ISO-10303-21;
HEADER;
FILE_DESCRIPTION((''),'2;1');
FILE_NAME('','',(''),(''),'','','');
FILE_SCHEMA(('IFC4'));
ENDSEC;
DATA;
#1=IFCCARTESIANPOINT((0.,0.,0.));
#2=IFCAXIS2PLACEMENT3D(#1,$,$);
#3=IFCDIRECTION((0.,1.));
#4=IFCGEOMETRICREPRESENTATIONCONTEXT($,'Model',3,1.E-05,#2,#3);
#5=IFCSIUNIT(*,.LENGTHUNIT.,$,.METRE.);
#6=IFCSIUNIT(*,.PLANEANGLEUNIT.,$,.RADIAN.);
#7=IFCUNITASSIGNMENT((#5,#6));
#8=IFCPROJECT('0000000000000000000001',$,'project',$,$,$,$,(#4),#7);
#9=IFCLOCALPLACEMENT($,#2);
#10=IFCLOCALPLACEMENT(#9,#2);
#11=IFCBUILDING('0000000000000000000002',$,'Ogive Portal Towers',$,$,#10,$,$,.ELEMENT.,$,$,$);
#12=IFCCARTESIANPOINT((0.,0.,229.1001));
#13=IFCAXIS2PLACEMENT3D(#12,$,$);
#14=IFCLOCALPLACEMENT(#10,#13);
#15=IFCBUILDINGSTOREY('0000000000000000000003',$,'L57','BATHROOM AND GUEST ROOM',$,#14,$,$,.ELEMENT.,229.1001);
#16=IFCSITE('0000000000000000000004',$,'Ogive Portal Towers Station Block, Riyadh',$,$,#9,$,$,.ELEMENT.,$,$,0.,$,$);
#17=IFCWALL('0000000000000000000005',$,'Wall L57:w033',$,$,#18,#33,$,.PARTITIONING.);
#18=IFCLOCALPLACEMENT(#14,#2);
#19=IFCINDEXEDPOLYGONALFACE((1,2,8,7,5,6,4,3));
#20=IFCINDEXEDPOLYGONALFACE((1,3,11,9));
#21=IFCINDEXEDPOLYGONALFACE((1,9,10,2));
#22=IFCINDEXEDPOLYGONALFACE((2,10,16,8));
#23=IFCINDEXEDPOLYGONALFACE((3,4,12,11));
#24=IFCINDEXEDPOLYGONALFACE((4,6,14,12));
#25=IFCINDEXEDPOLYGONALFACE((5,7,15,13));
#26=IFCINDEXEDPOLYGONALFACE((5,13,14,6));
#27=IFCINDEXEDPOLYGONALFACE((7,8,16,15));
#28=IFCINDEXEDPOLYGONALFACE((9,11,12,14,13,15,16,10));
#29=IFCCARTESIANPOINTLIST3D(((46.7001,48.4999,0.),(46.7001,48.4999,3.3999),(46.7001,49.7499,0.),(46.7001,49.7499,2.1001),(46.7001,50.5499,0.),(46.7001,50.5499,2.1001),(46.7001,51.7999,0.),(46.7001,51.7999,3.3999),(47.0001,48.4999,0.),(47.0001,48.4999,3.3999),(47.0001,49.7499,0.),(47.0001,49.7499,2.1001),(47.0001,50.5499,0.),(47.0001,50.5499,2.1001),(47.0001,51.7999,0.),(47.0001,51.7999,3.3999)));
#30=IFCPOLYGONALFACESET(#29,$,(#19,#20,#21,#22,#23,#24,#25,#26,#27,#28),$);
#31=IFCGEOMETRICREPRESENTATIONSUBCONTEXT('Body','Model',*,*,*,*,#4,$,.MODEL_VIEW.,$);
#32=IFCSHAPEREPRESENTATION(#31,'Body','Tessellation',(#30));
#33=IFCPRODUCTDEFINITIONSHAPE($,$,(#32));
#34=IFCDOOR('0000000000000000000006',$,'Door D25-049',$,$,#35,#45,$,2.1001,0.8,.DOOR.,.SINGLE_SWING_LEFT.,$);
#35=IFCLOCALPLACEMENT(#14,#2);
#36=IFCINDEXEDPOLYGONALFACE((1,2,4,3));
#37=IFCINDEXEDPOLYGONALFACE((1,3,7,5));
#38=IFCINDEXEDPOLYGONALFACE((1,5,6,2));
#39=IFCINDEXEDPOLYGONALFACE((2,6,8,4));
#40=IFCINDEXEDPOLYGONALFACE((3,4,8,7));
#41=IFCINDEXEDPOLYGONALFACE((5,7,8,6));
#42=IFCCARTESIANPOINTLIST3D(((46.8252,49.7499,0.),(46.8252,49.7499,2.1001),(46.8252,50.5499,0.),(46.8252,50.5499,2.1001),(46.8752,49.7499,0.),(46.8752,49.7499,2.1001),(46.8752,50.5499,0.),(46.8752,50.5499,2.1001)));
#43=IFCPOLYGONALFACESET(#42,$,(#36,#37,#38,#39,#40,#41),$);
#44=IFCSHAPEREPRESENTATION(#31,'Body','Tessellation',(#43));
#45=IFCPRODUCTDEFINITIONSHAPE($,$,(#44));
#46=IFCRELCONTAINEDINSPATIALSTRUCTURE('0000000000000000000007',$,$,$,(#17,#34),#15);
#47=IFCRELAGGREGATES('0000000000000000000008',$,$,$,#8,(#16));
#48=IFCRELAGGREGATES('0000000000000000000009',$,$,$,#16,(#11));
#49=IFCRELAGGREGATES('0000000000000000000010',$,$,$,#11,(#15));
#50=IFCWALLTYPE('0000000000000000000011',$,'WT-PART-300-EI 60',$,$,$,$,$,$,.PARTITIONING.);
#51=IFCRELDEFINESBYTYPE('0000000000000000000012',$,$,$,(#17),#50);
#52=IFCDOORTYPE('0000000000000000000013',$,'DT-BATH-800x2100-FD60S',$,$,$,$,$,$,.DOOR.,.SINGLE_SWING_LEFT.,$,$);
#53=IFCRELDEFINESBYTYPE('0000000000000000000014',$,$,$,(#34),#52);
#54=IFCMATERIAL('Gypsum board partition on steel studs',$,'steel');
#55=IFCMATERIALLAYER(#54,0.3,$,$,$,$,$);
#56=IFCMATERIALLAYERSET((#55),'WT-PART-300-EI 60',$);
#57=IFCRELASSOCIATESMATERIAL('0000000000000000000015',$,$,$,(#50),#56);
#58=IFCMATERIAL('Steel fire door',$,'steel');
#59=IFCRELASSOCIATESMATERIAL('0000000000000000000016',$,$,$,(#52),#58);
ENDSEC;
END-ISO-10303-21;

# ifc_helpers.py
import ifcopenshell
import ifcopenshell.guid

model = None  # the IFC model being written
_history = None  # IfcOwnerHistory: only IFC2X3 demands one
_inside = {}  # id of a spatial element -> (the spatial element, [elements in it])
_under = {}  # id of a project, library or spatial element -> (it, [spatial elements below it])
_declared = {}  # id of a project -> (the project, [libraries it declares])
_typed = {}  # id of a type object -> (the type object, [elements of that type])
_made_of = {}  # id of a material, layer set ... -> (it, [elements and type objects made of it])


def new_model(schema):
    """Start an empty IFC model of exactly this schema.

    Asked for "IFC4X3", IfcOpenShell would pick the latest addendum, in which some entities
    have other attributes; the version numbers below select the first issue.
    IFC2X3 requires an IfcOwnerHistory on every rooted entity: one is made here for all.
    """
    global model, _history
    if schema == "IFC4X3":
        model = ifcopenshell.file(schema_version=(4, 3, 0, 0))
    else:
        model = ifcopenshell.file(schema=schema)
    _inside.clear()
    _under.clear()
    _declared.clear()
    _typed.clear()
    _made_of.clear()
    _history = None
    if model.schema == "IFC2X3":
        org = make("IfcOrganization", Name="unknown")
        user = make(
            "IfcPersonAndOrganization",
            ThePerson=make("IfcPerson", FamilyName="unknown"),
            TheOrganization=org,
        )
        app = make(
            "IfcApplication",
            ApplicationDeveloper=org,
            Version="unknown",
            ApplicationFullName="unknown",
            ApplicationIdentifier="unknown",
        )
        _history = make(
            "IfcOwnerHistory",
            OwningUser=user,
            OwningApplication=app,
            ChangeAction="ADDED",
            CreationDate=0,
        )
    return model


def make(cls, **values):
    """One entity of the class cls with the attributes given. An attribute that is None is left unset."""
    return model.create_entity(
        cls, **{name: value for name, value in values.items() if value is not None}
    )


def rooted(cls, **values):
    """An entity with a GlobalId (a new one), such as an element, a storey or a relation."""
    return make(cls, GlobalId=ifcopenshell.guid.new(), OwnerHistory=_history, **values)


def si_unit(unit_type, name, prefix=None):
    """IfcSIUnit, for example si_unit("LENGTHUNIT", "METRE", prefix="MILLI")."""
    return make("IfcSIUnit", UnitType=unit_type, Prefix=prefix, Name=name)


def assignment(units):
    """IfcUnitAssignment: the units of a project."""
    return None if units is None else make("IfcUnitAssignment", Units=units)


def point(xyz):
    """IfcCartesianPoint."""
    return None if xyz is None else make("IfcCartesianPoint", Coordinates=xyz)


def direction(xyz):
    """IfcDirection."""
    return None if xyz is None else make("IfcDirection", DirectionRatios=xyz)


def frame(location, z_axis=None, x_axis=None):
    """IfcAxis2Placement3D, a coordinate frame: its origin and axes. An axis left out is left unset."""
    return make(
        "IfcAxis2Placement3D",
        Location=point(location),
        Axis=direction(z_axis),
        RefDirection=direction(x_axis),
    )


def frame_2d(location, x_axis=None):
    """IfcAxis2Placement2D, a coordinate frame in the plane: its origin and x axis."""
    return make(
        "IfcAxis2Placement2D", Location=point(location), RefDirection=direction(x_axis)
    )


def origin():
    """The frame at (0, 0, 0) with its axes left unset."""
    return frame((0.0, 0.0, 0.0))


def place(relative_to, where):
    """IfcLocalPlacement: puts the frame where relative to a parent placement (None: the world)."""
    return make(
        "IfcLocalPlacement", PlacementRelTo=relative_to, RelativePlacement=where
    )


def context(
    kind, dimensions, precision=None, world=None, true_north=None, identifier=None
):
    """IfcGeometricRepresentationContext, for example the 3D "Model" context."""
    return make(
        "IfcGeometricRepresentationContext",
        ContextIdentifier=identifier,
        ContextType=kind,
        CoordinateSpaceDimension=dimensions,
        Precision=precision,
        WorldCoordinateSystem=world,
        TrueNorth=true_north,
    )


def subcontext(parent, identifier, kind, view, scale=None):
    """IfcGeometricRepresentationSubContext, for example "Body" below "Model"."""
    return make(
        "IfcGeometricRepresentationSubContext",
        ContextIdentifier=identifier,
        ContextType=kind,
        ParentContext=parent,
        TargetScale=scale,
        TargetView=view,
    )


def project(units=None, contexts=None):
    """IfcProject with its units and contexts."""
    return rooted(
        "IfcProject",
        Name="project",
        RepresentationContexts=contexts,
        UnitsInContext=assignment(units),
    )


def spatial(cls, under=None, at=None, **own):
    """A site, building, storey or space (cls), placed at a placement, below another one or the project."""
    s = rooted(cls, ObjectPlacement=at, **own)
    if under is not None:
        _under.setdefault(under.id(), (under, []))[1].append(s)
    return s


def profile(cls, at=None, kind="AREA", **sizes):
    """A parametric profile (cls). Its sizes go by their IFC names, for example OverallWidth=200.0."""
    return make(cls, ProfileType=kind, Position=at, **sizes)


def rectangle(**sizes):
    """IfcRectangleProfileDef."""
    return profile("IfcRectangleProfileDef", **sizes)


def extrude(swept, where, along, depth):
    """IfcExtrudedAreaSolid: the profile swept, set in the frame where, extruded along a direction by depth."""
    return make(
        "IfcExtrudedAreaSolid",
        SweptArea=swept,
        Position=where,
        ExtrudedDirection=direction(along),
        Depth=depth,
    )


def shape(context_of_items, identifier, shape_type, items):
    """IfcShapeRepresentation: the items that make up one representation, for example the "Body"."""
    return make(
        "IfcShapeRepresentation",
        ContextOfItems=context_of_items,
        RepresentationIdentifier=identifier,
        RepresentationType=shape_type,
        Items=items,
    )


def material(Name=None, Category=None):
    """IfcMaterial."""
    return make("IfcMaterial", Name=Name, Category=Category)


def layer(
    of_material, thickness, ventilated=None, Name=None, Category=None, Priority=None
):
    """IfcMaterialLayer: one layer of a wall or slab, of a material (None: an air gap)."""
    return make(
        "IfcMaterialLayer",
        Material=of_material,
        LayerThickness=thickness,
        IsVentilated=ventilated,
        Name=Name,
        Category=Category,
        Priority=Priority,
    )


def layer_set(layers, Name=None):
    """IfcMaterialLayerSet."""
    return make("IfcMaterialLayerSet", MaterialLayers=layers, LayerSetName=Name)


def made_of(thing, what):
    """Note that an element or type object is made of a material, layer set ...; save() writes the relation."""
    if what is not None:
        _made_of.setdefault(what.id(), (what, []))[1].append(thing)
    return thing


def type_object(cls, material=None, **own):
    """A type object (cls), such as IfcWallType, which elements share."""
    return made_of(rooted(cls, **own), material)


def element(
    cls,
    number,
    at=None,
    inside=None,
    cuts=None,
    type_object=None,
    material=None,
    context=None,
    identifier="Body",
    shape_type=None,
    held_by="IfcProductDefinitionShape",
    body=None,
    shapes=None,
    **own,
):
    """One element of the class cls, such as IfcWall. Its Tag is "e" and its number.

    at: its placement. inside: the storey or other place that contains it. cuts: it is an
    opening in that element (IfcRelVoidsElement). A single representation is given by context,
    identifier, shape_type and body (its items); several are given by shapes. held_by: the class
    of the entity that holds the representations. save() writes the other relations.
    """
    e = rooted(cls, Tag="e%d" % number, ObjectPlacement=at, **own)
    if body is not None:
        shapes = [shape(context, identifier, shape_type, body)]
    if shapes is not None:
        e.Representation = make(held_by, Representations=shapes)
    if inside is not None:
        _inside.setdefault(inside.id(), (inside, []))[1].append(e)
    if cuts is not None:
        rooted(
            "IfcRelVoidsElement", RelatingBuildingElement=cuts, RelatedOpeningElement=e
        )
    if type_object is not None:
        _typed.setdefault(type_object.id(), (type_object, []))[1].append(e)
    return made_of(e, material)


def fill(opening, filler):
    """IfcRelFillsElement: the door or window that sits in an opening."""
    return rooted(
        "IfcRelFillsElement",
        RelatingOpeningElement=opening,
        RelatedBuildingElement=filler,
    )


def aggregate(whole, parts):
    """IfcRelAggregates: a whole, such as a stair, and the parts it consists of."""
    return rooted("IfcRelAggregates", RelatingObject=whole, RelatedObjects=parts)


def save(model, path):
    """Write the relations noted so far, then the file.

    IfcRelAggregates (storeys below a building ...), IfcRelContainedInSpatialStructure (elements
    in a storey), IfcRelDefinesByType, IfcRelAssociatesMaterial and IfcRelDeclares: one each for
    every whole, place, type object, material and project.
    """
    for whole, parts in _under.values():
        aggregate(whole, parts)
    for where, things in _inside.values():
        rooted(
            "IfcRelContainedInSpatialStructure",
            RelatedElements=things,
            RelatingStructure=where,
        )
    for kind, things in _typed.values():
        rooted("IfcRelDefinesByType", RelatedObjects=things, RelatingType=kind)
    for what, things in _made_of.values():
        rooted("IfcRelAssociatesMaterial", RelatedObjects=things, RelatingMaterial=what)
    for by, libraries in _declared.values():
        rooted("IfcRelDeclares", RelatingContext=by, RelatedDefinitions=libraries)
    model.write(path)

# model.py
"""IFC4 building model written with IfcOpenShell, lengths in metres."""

from ifc_helpers import new_model, si_unit, direction, frame, frame_2d, origin, place, context, subcontext, project, spatial, rectangle, extrude, material, layer, layer_set, type_object, element, fill, save


model = new_model("IFC4")

# Units and contexts
model_context = context("Model", 3, precision=1e-05, world=origin(), true_north=direction((0.0, 1.0)))
body_context = subcontext(model_context, "Body", "Model", "MODEL_VIEW")
ifc_project = project(units=[si_unit("LENGTHUNIT", "METRE"), si_unit("PLANEANGLEUNIT", "RADIAN")], contexts=[model_context])

# Site, building, storey
site_placement = place(None, origin())
site = spatial("IfcSite", under=ifc_project, at=site_placement, Name="Ogive Portal Towers Station Block, Riyadh", CompositionType="ELEMENT", RefElevation=0.0)
building_placement = place(site_placement, origin())
building = spatial("IfcBuilding", under=site, at=building_placement, Name="Ogive Portal Towers", CompositionType="ELEMENT")
storey_placement = place(building_placement, frame((0.0, 0.0, 229.1001)))
storey = spatial("IfcBuildingStorey", under=building, at=storey_placement, Name="L57", Description="BATHROOM AND GUEST ROOM", CompositionType="ELEMENT", Elevation=229.1001)

# Shared definitions
ifc_material_1 = material(Name="Gypsum board partition on steel studs", Category="steel")
ifc_layer_1 = layer(ifc_material_1, 0.3)
ifc_layer_set_1 = layer_set([ifc_layer_1], Name="WT-PART-300-EI 60")
wall_type = type_object("IfcWallType", Name="WT-PART-300-EI 60", PredefinedType="PARTITIONING", material=ifc_layer_set_1)

# Wall, opening, door
ifc_material_2 = material(Name="Steel fire door", Category="steel")
door_type = type_object("IfcDoorType", Name="DT-BATH-800x2100-FD60S", OperationType="SINGLE_SWING_LEFT", PredefinedType="DOOR", material=ifc_material_2)
wall_1_placement = place(storey_placement, frame((46.8501, 48.5, 0.0), z_axis=(0.0, 0.0, 1.0), x_axis=(0.0, 1.0, 0.0)))
wall_1 = element("IfcWall", 1, at=wall_1_placement, inside=storey, type_object=wall_type, Name="Wall L57:w033", PredefinedType="PARTITIONING", context=body_context, shape_type="SweptSolid", body=[
    extrude(rectangle(XDim=3.3, YDim=0.3, at=frame_2d((1.6499, 0.0))), origin(), (0.0, 0.0, 1.0), 3.3999),
])
opening_1_placement = place(wall_1_placement, frame((1.25, 0.0, 0.0)))
opening_1 = element("IfcOpeningElement", 2, at=opening_1_placement, cuts=wall_1, PredefinedType="OPENING", context=body_context, shape_type="SweptSolid", body=[
    extrude(rectangle(XDim=0.8, YDim=2.1001, at=frame_2d((0.3999, 1.05))), frame((0.0, 0.1602, 0.0), z_axis=(0.0, -1.0, 0.0), x_axis=(1.0, 0.0, 0.0)), (0.0, 0.0, 1.0), 0.3201),
])
door_1_placement = place(opening_1_placement, origin())
door_1 = element("IfcDoor", 3, at=door_1_placement, inside=storey, type_object=door_type, Name="Door D25-049", OperationType="SINGLE_SWING_LEFT", OverallHeight=2.1001, OverallWidth=0.8, PredefinedType="DOOR", context=body_context, shape_type="SweptSolid", body=[
    extrude(rectangle(XDim=0.8, YDim=2.1001, at=frame_2d((0.3999, 1.05))), frame((0.0, 0.0249, 0.0), z_axis=(0.0, -1.0, 0.0), x_axis=(1.0, 0.0, 0.0)), (0.0, 0.0, 1.0), 0.05),
])
fill(opening_1, door_1)

save(model, "model.ifc")
